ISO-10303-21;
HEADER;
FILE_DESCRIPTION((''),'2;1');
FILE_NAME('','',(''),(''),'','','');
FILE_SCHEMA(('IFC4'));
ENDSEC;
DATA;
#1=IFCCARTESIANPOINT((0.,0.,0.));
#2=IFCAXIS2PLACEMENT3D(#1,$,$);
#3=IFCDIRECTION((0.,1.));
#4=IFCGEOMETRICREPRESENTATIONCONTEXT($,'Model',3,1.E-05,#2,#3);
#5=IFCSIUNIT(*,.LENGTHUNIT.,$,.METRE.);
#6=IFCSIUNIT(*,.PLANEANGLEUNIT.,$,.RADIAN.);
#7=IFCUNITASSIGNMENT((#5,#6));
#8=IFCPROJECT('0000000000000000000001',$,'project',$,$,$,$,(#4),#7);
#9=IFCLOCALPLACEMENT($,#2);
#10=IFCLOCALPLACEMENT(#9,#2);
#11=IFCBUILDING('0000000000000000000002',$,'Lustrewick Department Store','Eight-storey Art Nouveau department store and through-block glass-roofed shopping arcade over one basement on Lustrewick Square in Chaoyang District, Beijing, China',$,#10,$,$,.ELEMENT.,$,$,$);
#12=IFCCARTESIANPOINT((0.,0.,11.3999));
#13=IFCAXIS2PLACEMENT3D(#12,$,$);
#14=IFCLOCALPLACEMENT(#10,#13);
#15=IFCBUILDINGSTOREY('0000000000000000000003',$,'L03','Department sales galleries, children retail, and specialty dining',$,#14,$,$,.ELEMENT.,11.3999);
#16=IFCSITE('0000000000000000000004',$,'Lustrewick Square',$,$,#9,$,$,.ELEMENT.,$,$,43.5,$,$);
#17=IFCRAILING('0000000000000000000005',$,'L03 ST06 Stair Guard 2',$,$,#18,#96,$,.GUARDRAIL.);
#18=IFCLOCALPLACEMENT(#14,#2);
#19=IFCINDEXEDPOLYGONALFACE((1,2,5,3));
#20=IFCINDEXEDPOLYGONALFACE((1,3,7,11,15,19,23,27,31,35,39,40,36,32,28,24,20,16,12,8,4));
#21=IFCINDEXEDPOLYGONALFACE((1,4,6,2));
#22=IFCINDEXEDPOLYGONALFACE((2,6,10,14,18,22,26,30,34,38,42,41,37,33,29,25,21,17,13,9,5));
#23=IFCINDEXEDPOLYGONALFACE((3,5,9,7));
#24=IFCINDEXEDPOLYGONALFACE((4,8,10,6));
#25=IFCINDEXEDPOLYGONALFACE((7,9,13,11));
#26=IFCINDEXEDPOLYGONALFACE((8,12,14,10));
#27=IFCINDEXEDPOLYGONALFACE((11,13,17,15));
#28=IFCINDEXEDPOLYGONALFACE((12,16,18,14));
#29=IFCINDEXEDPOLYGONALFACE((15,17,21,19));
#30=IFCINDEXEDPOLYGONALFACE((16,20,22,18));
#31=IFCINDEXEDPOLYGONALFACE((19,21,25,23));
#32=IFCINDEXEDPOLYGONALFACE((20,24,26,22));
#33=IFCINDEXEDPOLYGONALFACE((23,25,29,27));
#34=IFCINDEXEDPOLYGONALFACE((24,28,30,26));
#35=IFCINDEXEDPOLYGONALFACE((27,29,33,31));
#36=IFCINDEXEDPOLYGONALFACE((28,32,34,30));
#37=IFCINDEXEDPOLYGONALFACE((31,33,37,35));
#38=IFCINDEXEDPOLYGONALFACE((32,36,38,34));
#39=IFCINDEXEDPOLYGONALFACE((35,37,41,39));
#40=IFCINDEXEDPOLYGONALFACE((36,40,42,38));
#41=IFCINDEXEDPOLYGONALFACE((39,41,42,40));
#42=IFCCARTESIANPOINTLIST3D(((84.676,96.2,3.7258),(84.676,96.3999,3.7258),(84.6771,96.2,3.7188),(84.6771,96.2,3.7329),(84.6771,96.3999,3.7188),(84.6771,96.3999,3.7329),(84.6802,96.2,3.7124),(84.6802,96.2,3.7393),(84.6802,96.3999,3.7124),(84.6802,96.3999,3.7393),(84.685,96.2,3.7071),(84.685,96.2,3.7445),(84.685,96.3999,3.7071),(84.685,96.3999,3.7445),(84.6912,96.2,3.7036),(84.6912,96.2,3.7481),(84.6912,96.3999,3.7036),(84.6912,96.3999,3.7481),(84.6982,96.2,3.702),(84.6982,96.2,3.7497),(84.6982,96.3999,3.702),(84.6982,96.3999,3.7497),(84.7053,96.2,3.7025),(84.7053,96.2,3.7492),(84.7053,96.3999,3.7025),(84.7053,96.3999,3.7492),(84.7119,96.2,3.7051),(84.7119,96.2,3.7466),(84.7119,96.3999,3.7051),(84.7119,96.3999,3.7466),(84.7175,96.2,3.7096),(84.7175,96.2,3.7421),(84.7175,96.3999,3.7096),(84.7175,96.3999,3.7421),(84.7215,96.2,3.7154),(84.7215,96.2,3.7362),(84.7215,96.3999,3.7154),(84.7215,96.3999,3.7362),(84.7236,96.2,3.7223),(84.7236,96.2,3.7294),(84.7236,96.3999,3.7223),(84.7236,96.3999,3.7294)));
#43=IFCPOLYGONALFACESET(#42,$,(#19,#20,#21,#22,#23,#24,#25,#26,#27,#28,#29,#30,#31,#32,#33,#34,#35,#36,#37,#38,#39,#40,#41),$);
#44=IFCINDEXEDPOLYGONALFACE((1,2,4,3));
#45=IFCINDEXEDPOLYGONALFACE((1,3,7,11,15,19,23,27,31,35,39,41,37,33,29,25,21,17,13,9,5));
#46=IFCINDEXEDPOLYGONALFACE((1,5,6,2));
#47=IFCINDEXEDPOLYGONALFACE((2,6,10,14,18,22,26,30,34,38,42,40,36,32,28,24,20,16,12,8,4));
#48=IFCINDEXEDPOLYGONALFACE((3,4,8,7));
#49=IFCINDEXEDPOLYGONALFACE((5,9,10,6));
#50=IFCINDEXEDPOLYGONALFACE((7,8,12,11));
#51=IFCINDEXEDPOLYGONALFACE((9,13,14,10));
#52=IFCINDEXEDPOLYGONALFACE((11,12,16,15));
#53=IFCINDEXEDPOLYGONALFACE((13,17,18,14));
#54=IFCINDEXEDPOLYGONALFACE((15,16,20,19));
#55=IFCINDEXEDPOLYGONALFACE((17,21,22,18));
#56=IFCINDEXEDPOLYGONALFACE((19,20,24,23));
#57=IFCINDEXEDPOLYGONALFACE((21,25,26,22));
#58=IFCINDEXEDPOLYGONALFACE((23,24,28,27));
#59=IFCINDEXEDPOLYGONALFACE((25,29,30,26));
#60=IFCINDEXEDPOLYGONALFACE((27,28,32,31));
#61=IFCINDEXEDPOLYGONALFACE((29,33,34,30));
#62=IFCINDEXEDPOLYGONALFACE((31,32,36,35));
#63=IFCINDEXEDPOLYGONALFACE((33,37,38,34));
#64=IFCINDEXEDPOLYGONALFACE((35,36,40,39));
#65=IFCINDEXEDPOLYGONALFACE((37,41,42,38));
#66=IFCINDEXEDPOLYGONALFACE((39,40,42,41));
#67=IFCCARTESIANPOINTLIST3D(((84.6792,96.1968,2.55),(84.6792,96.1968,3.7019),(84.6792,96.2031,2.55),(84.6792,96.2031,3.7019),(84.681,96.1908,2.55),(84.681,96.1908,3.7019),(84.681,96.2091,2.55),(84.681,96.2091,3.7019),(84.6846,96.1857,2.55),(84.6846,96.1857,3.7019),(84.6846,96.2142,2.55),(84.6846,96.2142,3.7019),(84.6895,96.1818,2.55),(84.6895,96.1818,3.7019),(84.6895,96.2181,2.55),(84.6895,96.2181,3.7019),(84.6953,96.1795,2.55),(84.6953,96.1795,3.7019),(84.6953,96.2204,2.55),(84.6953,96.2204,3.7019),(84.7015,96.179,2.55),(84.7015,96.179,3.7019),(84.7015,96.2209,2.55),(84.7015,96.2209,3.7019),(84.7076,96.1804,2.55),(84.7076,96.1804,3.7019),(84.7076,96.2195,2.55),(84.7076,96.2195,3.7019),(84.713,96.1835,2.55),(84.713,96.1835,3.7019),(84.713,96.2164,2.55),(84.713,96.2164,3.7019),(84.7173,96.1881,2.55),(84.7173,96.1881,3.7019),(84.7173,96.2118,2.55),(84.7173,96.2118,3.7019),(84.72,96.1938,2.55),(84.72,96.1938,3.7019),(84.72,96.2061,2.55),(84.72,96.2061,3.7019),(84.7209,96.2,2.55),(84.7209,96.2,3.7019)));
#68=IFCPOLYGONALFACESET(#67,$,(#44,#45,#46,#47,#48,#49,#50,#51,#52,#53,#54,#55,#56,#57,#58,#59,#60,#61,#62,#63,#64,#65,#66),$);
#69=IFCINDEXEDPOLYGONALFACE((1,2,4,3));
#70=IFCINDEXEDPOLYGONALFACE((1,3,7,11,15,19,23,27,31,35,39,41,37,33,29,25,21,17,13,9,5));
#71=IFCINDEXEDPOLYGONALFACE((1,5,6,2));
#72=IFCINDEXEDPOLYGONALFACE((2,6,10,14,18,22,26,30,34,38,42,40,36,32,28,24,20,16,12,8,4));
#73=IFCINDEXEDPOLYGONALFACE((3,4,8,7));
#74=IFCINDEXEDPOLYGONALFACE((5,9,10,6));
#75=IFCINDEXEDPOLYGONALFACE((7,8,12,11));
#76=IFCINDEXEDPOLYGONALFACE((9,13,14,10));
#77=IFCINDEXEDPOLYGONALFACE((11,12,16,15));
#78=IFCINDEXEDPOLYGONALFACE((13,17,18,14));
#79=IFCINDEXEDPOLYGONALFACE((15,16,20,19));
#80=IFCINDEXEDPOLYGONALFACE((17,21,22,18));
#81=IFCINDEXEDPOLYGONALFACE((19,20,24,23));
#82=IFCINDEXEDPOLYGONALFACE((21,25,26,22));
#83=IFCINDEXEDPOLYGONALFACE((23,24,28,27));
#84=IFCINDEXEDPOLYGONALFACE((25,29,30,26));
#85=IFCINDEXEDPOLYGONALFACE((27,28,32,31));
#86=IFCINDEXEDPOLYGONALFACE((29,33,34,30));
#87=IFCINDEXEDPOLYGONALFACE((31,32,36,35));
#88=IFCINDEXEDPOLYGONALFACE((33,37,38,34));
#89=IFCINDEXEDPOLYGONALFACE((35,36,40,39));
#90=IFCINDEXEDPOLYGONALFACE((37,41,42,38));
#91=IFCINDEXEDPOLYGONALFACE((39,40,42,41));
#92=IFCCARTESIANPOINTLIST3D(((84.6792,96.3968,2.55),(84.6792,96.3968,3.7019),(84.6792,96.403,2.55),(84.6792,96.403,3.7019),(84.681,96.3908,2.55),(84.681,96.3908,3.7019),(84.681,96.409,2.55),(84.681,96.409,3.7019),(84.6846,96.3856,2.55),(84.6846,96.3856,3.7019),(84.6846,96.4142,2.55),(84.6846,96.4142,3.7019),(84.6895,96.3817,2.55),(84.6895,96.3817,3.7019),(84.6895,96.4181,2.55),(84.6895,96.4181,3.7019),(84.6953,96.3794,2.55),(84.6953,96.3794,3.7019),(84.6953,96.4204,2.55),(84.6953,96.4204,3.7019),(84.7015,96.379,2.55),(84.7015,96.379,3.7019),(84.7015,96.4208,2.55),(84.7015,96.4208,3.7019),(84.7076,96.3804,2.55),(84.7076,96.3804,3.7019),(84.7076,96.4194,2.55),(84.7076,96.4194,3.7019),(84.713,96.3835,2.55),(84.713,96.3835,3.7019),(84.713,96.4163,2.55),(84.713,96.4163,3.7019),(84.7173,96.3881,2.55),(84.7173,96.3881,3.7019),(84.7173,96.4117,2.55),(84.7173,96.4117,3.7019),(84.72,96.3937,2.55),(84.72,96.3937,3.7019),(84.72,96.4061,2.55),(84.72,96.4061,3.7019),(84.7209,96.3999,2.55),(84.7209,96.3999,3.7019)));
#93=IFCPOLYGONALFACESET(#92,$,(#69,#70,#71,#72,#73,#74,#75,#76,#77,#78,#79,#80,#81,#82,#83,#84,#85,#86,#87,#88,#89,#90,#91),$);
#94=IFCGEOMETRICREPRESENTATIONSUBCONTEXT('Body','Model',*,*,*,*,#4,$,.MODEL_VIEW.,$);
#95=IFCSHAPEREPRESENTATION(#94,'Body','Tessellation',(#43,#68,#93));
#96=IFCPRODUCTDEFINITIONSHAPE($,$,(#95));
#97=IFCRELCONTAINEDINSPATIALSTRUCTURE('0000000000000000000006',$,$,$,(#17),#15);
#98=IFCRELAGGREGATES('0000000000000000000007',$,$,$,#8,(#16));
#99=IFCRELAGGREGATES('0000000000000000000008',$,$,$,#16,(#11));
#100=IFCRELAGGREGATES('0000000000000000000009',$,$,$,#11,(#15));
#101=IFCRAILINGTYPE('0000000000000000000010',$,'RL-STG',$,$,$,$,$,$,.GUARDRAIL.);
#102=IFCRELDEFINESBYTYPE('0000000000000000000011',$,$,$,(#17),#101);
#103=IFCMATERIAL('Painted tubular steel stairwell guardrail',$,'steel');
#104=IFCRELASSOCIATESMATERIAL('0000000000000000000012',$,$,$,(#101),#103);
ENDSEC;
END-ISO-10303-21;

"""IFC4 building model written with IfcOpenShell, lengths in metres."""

from ifc_helpers import new_model, si_unit, direction, frame, origin, origin_2d, place, context, subcontext, project, spatial, circle, extrude, material, type_object, element, save


model = new_model("IFC4")

# Units and contexts
model_context = context("Model", 3, precision=1e-05, world=origin(), true_north=direction((0.0, 1.0)))
body_context = subcontext(model_context, "Body", "Model", "MODEL_VIEW")
ifc_project = project(units=[si_unit("LENGTHUNIT", "METRE"), si_unit("PLANEANGLEUNIT", "RADIAN")], contexts=[model_context])

# Site, building, storey
site_placement = place(None, origin())
site = spatial("IfcSite", under=ifc_project, at=site_placement, Name="Lustrewick Square", CompositionType="ELEMENT", RefElevation=43.5)
building_placement = place(site_placement, origin())
building = spatial("IfcBuilding", under=site, at=building_placement, Name="Lustrewick Department Store", Description="Eight-storey Art Nouveau department store and through-block glass-roofed shopping arcade over one basement on Lustrewick Square in Chaoyang District, Beijing, China", CompositionType="ELEMENT")
storey_placement = place(building_placement, frame((0.0, 0.0, 11.3999)))
storey = spatial("IfcBuildingStorey", under=building, at=storey_placement, Name="L03", Description="Department sales galleries, children retail, and specialty dining", CompositionType="ELEMENT", Elevation=11.3999)

# Railing
ifc_material_1 = material(Name="Painted tubular steel stairwell guardrail", Category="steel")
railing_type_1 = type_object("IfcRailingType", Name="RL-STG", PredefinedType="GUARDRAIL", material=ifc_material_1)
railing_1_placement = place(storey_placement, frame((84.7, 96.2, 2.55)))
element("IfcRailing", 1, at=railing_1_placement, inside=storey, type_object=railing_type_1, Name="L03 ST06 Stair Guard 2", PredefinedType="GUARDRAIL", context=body_context, shape_type="SweptSolid", body=[
    extrude(circle(Radius=0.0239, at=origin_2d()), frame((0.0, 0.0, 1.1758), z_axis=(0.0, 1.0, 0.0), x_axis=(-1.0, 0.0, 0.0)), (0.0, 0.0, 1.0), 0.2),
    extrude(circle(Radius=0.021, at=origin_2d()), origin(), (0.0, 0.0, 1.0), 1.1519),
    extrude(circle(Radius=0.021, at=origin_2d()), frame((0.0, 0.2, 0.0)), (0.0, 0.0, 1.0), 1.1519),
])

save(model, "model.ifc")
